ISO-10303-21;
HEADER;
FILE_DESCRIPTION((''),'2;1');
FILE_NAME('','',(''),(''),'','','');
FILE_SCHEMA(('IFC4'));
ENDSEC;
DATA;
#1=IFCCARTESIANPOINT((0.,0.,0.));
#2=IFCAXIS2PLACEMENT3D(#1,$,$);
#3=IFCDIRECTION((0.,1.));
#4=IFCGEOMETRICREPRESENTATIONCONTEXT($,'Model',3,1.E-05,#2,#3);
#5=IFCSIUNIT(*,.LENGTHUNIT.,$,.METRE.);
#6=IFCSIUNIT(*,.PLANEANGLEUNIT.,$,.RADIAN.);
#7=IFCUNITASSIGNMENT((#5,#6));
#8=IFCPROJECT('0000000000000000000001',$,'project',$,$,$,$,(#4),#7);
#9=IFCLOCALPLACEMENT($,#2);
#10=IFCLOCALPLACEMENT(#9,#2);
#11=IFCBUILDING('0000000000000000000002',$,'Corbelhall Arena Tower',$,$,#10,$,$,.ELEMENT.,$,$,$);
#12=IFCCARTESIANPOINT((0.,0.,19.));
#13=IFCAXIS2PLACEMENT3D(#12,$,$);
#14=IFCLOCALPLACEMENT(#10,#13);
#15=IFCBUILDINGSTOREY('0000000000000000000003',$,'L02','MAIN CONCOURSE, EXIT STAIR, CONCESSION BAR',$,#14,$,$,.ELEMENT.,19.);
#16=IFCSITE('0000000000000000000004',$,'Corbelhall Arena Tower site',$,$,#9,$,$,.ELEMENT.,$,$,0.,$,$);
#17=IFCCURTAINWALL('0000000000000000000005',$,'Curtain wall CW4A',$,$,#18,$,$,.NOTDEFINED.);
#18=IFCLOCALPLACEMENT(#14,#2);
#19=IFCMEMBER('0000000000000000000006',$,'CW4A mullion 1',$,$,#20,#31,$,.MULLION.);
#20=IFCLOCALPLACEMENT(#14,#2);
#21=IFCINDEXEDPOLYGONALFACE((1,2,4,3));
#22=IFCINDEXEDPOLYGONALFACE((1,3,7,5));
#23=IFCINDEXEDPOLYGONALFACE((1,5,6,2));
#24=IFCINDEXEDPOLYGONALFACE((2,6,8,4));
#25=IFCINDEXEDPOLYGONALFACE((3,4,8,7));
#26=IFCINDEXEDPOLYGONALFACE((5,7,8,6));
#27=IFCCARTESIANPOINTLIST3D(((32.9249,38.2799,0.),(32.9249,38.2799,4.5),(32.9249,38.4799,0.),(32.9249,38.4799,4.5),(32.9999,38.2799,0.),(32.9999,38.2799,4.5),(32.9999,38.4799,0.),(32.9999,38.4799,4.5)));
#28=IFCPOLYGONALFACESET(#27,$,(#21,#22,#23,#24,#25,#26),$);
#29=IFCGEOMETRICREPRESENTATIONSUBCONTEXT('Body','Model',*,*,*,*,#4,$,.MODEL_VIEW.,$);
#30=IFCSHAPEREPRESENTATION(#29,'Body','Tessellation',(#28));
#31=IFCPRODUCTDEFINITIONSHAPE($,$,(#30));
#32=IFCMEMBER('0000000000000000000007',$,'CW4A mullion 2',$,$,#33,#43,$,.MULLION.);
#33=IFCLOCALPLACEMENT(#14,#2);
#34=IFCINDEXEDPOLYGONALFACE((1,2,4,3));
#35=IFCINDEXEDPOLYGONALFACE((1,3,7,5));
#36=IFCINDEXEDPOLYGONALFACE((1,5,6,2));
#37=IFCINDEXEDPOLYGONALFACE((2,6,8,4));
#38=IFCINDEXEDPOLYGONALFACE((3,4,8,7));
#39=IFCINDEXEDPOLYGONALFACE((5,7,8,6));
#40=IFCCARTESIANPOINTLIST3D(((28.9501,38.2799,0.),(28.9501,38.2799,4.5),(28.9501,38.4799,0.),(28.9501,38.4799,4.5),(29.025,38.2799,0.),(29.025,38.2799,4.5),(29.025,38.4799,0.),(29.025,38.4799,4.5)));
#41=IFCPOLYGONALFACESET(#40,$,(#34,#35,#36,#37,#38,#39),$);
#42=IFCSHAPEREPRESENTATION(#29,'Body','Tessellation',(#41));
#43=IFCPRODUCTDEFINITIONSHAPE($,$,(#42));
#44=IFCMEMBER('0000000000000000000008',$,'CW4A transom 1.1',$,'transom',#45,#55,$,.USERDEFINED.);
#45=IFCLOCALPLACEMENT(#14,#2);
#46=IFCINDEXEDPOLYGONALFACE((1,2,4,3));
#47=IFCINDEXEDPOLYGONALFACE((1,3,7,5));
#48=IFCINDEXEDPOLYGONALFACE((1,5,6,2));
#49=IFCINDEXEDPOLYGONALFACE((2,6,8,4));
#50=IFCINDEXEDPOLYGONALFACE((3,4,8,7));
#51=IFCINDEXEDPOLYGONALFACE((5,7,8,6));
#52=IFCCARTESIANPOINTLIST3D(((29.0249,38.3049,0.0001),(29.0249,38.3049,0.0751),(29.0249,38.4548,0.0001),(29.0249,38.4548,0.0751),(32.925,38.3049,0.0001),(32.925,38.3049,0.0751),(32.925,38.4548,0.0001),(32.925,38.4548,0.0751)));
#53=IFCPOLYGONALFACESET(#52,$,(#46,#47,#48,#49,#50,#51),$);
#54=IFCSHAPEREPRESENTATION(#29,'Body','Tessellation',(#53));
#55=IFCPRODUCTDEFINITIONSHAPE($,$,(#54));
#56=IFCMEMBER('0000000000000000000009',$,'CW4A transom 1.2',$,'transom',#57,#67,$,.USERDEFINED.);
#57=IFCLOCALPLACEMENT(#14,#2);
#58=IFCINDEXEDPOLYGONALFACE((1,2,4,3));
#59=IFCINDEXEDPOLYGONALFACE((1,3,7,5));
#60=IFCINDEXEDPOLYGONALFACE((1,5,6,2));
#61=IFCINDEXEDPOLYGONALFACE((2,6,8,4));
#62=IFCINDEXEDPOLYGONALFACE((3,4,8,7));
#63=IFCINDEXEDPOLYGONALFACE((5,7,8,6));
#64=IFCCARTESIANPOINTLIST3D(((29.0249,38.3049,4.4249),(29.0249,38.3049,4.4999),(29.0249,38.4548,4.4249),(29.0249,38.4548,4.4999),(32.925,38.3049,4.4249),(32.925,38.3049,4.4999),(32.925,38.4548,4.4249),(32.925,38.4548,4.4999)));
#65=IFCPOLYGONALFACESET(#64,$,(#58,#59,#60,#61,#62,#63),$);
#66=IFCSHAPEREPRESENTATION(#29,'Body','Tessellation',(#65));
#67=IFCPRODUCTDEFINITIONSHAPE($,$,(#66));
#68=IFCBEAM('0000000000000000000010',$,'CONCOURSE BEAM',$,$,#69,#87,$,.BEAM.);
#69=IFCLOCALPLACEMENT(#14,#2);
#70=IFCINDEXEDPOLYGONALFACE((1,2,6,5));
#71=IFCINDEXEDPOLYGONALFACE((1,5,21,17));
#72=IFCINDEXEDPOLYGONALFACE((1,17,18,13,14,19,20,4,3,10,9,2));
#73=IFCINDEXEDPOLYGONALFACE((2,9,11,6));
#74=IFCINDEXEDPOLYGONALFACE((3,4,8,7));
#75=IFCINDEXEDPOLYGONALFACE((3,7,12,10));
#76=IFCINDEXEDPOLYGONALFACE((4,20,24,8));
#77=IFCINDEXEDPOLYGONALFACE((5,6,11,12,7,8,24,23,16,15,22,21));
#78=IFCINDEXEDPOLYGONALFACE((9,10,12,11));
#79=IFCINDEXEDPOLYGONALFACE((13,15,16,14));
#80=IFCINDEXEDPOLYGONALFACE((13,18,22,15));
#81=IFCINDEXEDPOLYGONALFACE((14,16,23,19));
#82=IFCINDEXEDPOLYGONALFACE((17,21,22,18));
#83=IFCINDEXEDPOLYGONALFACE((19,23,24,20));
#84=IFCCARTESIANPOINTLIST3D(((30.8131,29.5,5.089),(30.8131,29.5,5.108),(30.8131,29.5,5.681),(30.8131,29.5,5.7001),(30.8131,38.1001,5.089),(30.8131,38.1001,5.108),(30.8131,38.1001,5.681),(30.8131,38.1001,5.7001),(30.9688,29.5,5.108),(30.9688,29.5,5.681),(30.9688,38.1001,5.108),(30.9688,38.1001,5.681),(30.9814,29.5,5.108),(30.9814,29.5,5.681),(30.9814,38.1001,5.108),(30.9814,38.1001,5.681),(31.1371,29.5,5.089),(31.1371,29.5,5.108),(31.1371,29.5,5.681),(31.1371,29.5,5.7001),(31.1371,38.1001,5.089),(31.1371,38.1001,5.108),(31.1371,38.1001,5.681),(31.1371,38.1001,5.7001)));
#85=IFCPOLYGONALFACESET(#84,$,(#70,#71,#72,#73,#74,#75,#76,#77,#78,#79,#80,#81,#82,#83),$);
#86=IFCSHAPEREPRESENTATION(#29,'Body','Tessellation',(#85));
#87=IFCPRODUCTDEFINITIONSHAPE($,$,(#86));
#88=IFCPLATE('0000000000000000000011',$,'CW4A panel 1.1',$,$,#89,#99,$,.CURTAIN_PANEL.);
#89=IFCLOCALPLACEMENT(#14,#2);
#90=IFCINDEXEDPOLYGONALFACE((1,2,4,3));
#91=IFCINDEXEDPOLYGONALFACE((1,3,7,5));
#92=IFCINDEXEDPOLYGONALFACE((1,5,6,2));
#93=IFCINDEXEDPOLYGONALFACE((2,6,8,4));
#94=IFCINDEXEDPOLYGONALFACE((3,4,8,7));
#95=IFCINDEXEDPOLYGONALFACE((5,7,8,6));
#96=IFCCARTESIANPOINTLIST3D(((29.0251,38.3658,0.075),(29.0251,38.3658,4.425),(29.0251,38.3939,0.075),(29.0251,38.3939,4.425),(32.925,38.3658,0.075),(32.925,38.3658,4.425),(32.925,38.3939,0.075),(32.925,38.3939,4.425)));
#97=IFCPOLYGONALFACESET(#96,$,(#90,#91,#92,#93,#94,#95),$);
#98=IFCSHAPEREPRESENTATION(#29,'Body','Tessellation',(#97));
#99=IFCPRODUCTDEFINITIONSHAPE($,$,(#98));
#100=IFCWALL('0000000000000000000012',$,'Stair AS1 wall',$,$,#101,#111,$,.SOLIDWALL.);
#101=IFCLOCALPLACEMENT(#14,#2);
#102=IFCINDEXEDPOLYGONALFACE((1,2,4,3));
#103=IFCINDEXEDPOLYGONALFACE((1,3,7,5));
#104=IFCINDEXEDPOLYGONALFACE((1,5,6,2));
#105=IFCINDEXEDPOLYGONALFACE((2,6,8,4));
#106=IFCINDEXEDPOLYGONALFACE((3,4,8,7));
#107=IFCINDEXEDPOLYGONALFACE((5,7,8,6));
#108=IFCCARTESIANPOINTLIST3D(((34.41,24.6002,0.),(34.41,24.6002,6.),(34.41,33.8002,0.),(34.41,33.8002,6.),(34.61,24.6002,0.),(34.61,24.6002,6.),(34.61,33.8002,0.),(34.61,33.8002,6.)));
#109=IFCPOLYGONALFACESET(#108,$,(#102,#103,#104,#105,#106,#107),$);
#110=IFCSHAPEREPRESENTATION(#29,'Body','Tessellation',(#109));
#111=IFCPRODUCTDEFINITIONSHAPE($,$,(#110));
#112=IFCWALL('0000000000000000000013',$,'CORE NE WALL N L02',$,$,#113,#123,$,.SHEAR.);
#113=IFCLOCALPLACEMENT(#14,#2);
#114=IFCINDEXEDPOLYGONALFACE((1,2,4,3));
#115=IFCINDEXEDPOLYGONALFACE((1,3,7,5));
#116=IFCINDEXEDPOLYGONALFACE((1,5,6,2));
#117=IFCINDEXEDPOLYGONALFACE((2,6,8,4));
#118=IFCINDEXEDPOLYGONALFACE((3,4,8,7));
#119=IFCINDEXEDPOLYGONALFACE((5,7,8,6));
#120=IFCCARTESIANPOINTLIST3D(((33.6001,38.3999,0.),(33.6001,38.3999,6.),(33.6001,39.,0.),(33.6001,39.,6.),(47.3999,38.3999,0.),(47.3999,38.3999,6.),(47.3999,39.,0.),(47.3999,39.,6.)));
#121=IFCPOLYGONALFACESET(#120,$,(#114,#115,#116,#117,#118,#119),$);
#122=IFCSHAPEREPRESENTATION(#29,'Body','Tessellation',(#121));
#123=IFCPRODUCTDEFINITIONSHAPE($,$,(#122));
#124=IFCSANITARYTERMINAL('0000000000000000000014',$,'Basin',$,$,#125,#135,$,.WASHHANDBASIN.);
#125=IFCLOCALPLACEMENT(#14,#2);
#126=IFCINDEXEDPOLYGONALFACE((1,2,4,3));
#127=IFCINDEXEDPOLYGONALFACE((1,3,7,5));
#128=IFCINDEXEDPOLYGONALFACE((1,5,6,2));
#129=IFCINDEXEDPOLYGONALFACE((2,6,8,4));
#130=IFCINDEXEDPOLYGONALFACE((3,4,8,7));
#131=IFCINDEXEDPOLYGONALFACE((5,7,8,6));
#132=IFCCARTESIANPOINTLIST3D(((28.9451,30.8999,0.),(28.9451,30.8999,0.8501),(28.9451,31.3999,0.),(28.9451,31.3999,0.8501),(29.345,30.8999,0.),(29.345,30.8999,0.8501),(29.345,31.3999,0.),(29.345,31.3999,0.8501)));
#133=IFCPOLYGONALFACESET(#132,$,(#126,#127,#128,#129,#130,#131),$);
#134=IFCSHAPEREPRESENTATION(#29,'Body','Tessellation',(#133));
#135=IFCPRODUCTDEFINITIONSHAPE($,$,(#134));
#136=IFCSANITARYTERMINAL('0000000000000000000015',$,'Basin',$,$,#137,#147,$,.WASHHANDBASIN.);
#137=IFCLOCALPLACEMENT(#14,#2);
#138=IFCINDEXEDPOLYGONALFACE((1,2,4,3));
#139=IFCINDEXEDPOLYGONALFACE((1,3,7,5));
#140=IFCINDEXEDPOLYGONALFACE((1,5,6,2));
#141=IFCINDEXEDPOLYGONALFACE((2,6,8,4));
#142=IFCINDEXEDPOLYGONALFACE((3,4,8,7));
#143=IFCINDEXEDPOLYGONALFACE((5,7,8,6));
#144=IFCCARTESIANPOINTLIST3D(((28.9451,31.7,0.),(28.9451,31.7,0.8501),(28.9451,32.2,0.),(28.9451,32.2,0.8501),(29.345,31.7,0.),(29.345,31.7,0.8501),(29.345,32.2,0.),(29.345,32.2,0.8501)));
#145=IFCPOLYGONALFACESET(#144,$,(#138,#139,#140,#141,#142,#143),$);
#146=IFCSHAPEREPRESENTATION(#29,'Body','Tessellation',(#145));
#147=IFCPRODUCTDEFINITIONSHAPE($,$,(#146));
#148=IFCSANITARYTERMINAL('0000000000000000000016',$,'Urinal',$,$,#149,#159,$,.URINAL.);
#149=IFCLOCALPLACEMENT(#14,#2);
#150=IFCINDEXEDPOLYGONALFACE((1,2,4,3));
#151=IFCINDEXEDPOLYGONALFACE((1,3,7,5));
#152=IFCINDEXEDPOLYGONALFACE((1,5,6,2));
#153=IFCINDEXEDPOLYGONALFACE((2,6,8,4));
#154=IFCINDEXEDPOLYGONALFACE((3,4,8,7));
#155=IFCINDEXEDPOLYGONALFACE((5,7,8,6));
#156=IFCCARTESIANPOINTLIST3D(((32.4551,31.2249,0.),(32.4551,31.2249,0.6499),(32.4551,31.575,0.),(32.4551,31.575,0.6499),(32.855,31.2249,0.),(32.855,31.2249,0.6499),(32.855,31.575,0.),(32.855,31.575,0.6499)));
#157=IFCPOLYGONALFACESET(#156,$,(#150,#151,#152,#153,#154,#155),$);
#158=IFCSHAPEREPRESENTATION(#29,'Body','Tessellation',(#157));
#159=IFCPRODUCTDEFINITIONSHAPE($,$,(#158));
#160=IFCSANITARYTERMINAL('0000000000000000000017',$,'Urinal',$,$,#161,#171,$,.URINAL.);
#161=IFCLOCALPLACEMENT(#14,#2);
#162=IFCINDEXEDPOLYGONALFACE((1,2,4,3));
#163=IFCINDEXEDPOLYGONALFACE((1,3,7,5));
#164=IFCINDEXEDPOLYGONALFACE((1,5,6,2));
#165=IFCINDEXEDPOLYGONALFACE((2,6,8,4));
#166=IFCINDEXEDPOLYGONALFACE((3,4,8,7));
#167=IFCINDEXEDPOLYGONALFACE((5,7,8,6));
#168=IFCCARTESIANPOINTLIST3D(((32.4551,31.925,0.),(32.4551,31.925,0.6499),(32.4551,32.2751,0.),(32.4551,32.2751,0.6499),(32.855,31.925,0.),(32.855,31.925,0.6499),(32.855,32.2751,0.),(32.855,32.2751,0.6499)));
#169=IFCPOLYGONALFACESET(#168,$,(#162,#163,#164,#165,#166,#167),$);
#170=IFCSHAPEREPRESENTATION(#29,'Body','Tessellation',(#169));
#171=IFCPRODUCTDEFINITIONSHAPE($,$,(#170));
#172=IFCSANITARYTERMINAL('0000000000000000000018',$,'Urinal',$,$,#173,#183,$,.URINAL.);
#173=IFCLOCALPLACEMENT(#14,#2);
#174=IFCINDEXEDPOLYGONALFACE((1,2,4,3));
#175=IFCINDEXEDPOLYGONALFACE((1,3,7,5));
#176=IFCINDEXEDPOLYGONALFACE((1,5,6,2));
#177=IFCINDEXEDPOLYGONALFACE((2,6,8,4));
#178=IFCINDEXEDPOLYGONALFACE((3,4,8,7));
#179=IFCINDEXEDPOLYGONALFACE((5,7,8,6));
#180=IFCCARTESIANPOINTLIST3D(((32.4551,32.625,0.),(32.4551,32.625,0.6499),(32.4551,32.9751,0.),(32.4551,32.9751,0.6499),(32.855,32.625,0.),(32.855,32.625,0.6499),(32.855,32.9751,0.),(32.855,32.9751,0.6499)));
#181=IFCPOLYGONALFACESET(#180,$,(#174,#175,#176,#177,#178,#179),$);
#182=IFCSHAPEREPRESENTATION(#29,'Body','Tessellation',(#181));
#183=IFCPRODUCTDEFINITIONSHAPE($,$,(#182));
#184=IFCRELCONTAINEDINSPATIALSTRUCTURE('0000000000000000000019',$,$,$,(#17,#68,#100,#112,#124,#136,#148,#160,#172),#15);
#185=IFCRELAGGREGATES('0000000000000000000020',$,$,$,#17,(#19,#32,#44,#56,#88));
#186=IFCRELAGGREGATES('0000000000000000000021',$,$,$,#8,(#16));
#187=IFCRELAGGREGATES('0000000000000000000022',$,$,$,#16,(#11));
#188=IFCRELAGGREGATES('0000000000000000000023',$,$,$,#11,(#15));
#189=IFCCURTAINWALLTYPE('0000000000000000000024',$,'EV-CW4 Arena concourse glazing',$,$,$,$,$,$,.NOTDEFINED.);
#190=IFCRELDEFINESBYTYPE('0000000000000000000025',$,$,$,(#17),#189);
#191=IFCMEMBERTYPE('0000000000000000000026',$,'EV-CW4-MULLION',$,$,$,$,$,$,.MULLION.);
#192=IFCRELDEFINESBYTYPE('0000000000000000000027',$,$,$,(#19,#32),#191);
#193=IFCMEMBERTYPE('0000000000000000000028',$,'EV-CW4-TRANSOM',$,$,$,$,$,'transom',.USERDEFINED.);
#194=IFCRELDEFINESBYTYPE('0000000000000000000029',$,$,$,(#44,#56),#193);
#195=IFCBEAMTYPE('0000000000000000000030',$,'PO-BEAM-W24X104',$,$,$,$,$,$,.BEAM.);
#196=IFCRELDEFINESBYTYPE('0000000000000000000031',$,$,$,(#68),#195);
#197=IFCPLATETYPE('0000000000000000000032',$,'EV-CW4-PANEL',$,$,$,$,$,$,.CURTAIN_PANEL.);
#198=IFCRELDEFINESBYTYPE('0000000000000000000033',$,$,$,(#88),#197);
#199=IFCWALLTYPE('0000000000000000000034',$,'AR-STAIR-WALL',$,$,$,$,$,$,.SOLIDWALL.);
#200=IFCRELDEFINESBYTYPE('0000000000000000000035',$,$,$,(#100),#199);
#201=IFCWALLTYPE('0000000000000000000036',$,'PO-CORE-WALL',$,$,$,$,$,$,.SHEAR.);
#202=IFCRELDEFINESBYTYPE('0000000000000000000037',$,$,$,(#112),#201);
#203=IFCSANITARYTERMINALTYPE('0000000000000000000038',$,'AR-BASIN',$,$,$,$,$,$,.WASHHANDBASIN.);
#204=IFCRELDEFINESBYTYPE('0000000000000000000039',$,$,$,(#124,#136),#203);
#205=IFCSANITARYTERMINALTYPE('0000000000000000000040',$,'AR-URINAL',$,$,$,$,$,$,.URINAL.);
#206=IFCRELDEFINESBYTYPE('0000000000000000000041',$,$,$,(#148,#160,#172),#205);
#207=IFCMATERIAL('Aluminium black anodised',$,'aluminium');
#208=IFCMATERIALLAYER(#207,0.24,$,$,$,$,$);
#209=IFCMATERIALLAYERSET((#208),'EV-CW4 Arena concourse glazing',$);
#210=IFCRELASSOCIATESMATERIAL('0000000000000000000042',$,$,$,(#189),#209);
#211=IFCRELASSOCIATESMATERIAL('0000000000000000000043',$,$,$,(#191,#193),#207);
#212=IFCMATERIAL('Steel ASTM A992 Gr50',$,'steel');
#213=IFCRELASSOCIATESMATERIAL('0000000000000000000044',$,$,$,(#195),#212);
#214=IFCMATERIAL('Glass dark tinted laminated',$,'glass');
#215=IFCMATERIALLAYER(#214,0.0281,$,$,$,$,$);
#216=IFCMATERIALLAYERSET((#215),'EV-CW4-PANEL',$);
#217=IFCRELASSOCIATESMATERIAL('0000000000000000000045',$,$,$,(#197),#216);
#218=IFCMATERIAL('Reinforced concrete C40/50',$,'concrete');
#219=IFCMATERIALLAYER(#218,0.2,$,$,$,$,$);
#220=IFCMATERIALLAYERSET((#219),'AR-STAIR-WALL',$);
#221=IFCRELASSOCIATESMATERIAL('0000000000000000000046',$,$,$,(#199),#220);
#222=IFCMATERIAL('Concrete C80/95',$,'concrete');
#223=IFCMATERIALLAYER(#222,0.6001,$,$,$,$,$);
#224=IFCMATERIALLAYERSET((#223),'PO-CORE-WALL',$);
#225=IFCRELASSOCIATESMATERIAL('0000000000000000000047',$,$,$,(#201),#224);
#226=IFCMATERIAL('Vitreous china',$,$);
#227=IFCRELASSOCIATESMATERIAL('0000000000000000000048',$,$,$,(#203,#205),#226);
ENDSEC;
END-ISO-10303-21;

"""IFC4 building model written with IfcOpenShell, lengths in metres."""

from ifc_helpers import new_model, si_unit, direction, frame, frame_2d, origin, origin_2d, place, context, subcontext, project, spatial, rectangle, i_section, extrude, material, layer, layer_set, material_profile, profile_set, type_object, element, aggregate, save


model = new_model("IFC4")

# Units and contexts
model_context = context("Model", 3, precision=1e-05, world=origin(), true_north=direction((0.0, 1.0)))
body_context = subcontext(model_context, "Body", "Model", "MODEL_VIEW")
ifc_project = project(units=[si_unit("LENGTHUNIT", "METRE"), si_unit("PLANEANGLEUNIT", "RADIAN")], contexts=[model_context])

# Site, building, storey
site_placement = place(None, origin())
site = spatial("IfcSite", under=ifc_project, at=site_placement, Name="Corbelhall Arena Tower site", CompositionType="ELEMENT", RefElevation=0.0)
building_placement = place(site_placement, origin())
building = spatial("IfcBuilding", under=site, at=building_placement, Name="Corbelhall Arena Tower", CompositionType="ELEMENT")
storey_placement = place(building_placement, frame((0.0, 0.0, 19.0)))
storey = spatial("IfcBuildingStorey", under=building, at=storey_placement, Name="L02", Description="MAIN CONCOURSE, EXIT STAIR, CONCESSION BAR", CompositionType="ELEMENT", Elevation=19.0)

# Curtain wall, members
ifc_material_1 = material(Name="Aluminium black anodised", Category="aluminium")
ifc_layer_1 = layer(ifc_material_1, 0.24)
ifc_layer_set_1 = layer_set([ifc_layer_1], Name="EV-CW4 Arena concourse glazing")
curtain_wall_type = type_object("IfcCurtainWallType", Name="EV-CW4 Arena concourse glazing", PredefinedType="NOTDEFINED", material=ifc_layer_set_1)
curtain_wall_placement = place(storey_placement, origin())
curtain_wall = element("IfcCurtainWall", 1, at=curtain_wall_placement, inside=storey, type_object=curtain_wall_type, Name="Curtain wall CW4A", PredefinedType="NOTDEFINED")
ifc_material_profile_1 = material_profile(ifc_material_1, rectangle(XDim=0.2, YDim=0.075, at=origin_2d()))
ifc_profile_set_1 = profile_set([ifc_material_profile_1], Name="Aluminium black anodised")
member_type_1 = type_object("IfcMemberType", Name="EV-CW4-MULLION", PredefinedType="MULLION", material=ifc_profile_set_1)
member_1_placement = place(storey_placement, frame((32.9624, 38.3799, 0.0), z_axis=(0.0, 0.0, 1.0), x_axis=(0.0, -1.0, 0.0)))
member_1 = element("IfcMember", 2, at=member_1_placement, type_object=member_type_1, Name="CW4A mullion 1", PredefinedType="MULLION", context=body_context, shape_type="SweptSolid", body=[
    extrude(rectangle(XDim=0.2, YDim=0.075, at=origin_2d()), origin(), (0.0, 0.0, 1.0), 4.5),
])
member_2_placement = place(storey_placement, frame((28.9875, 38.3799, 0.0), z_axis=(0.0, 0.0, 1.0), x_axis=(0.0, -1.0, 0.0)))
member_2 = element("IfcMember", 3, at=member_2_placement, type_object=member_type_1, Name="CW4A mullion 2", PredefinedType="MULLION", context=body_context, shape_type="SweptSolid", body=[
    extrude(rectangle(XDim=0.2, YDim=0.075, at=origin_2d()), origin(), (0.0, 0.0, 1.0), 4.5),
])
ifc_material_profile_2 = material_profile(ifc_material_1, rectangle(XDim=0.1499, YDim=0.075, at=origin_2d()))
ifc_profile_set_2 = profile_set([ifc_material_profile_2], Name="Aluminium black anodised")
member_type_2 = type_object("IfcMemberType", Name="EV-CW4-TRANSOM", ElementType="transom", PredefinedType="USERDEFINED", material=ifc_profile_set_2)
member_3_placement = place(storey_placement, frame((32.925, 38.3799, 0.0376), z_axis=(-1.0, 0.0, 0.0), x_axis=(0.0, -1.0, 0.0)))
member_3 = element("IfcMember", 4, at=member_3_placement, type_object=member_type_2, Name="CW4A transom 1.1", ObjectType="transom", PredefinedType="USERDEFINED", context=body_context, shape_type="SweptSolid", body=[
    extrude(rectangle(XDim=0.1499, YDim=0.075, at=origin_2d()), origin(), (0.0, 0.0, 1.0), 3.9001),
])
member_4_placement = place(storey_placement, frame((32.925, 38.3799, 4.4624), z_axis=(-1.0, 0.0, 0.0), x_axis=(0.0, -1.0, 0.0)))
member_4 = element("IfcMember", 5, at=member_4_placement, type_object=member_type_2, Name="CW4A transom 1.2", ObjectType="transom", PredefinedType="USERDEFINED", context=body_context, shape_type="SweptSolid", body=[
    extrude(rectangle(XDim=0.1499, YDim=0.075, at=origin_2d()), origin(), (0.0, 0.0, 1.0), 3.9001),
])

# Beam
ifc_material_2 = material(Name="Steel ASTM A992 Gr50", Category="steel")
ifc_material_profile_3 = material_profile(ifc_material_2, i_section(OverallWidth=0.324, OverallDepth=0.6111, WebThickness=0.0127, FlangeThickness=0.019, at=origin_2d()))
ifc_profile_set_3 = profile_set([ifc_material_profile_3], Name="Steel ASTM A992 Gr50")
beam_type = type_object("IfcBeamType", Name="PO-BEAM-W24X104", PredefinedType="BEAM", material=ifc_profile_set_3)
beam_placement = place(storey_placement, frame((30.9751, 29.5, 5.3945), z_axis=(0.0, 1.0, 0.0), x_axis=(-1.0, 0.0, 0.0)))
element("IfcBeam", 6, at=beam_placement, inside=storey, type_object=beam_type, Name="CONCOURSE BEAM", PredefinedType="BEAM", context=body_context, shape_type="SweptSolid", body=[
    extrude(i_section(OverallWidth=0.324, OverallDepth=0.6111, WebThickness=0.0127, FlangeThickness=0.019, at=origin_2d()), origin(), (0.0, 0.0, 1.0), 8.6001),
])

# Plate
ifc_material_3 = material(Name="Glass dark tinted laminated", Category="glass")
ifc_layer_2 = layer(ifc_material_3, 0.0281)
ifc_layer_set_2 = layer_set([ifc_layer_2], Name="EV-CW4-PANEL")
plate_type = type_object("IfcPlateType", Name="EV-CW4-PANEL", PredefinedType="CURTAIN_PANEL", material=ifc_layer_set_2)
plate_placement = place(storey_placement, frame((30.9751, 38.3799, 0.075), z_axis=(0.0, 0.0, 1.0), x_axis=(-1.0, 0.0, 0.0)))
plate = element("IfcPlate", 7, at=plate_placement, type_object=plate_type, Name="CW4A panel 1.1", PredefinedType="CURTAIN_PANEL", context=body_context, shape_type="SweptSolid", body=[
    extrude(rectangle(XDim=3.8999, YDim=0.0281, at=origin_2d()), origin(), (0.0, 0.0, 1.0), 4.3501),
])
aggregate(curtain_wall, [member_1, member_2, member_3, member_4, plate])

# Shared definitions
ifc_material_4 = material(Name="Reinforced concrete C40/50", Category="concrete")

# Walls
ifc_layer_3 = layer(ifc_material_4, 0.2)
ifc_layer_set_3 = layer_set([ifc_layer_3], Name="AR-STAIR-WALL")
wall_type_1 = type_object("IfcWallType", Name="AR-STAIR-WALL", PredefinedType="SOLIDWALL", material=ifc_layer_set_3)
wall_1_placement = place(storey_placement, frame((34.51, 24.6001, 0.0), z_axis=(0.0, 0.0, 1.0), x_axis=(0.0, 1.0, 0.0)))
element("IfcWall", 8, at=wall_1_placement, inside=storey, type_object=wall_type_1, Name="Stair AS1 wall", PredefinedType="SOLIDWALL", context=body_context, shape_type="SweptSolid", body=[
    extrude(rectangle(XDim=9.2, YDim=0.2, at=frame_2d((4.6001, 0.0))), origin(), (0.0, 0.0, 1.0), 6.0),
])
ifc_material_5 = material(Name="Concrete C80/95", Category="concrete")
ifc_layer_4 = layer(ifc_material_5, 0.6001)
ifc_layer_set_4 = layer_set([ifc_layer_4], Name="PO-CORE-WALL")
wall_type_2 = type_object("IfcWallType", Name="PO-CORE-WALL", PredefinedType="SHEAR", material=ifc_layer_set_4)
wall_2_placement = place(storey_placement, frame((33.6001, 38.7, 0.0), z_axis=(0.0, 0.0, 1.0), x_axis=(1.0, 0.0, 0.0)))
element("IfcWall", 9, at=wall_2_placement, inside=storey, type_object=wall_type_2, Name="CORE NE WALL N L02", PredefinedType="SHEAR", context=body_context, shape_type="SweptSolid", body=[
    extrude(rectangle(XDim=13.7998, YDim=0.6001, at=frame_2d((6.8999, 0.0))), origin(), (0.0, 0.0, 1.0), 6.0),
])

# Sanitary terminals
ifc_material_6 = material(Name="Vitreous china")
sanitary_terminal_type_1 = type_object("IfcSanitaryTerminalType", Name="AR-BASIN", PredefinedType="WASHHANDBASIN", material=ifc_material_6)
for number, where, z_axis, x_axis, name in (
    (10, (29.145, 31.1499, 0.0), (0.0, 0.0, 1.0), (1.0, 0.0, 0.0), "Basin"),
    (11, (29.145, 31.95, 0.0), (0.0, 0.0, 1.0), (1.0, 0.0, 0.0), "Basin"),
):
    element("IfcSanitaryTerminal", number, at=place(storey_placement, frame(where, z_axis=z_axis, x_axis=x_axis)), inside=storey, type_object=sanitary_terminal_type_1, Name=name, PredefinedType="WASHHANDBASIN", context=body_context, shape_type="SweptSolid", body=[
        extrude(rectangle(XDim=0.3999, YDim=0.5, at=origin_2d()), origin(), (0.0, 0.0, 1.0), 0.8501),
    ])
sanitary_terminal_type_2 = type_object("IfcSanitaryTerminalType", Name="AR-URINAL", PredefinedType="URINAL", material=ifc_material_6)
for number, where, z_axis, x_axis, name in (
    (12, (32.655, 31.3999, 0.0), (0.0, 0.0, 1.0), (1.0, 0.0, 0.0), "Urinal"),
    (13, (32.655, 32.1001, 0.0), (0.0, 0.0, 1.0), (1.0, 0.0, 0.0), "Urinal"),
    (14, (32.655, 32.8, 0.0), (0.0, 0.0, 1.0), (1.0, 0.0, 0.0), "Urinal"),
):
    element("IfcSanitaryTerminal", number, at=place(storey_placement, frame(where, z_axis=z_axis, x_axis=x_axis)), inside=storey, type_object=sanitary_terminal_type_2, Name=name, PredefinedType="URINAL", context=body_context, shape_type="SweptSolid", body=[
        extrude(rectangle(XDim=0.3999, YDim=0.3501, at=origin_2d()), origin(), (0.0, 0.0, 1.0), 0.6499),
    ])

save(model, "model.ifc")
